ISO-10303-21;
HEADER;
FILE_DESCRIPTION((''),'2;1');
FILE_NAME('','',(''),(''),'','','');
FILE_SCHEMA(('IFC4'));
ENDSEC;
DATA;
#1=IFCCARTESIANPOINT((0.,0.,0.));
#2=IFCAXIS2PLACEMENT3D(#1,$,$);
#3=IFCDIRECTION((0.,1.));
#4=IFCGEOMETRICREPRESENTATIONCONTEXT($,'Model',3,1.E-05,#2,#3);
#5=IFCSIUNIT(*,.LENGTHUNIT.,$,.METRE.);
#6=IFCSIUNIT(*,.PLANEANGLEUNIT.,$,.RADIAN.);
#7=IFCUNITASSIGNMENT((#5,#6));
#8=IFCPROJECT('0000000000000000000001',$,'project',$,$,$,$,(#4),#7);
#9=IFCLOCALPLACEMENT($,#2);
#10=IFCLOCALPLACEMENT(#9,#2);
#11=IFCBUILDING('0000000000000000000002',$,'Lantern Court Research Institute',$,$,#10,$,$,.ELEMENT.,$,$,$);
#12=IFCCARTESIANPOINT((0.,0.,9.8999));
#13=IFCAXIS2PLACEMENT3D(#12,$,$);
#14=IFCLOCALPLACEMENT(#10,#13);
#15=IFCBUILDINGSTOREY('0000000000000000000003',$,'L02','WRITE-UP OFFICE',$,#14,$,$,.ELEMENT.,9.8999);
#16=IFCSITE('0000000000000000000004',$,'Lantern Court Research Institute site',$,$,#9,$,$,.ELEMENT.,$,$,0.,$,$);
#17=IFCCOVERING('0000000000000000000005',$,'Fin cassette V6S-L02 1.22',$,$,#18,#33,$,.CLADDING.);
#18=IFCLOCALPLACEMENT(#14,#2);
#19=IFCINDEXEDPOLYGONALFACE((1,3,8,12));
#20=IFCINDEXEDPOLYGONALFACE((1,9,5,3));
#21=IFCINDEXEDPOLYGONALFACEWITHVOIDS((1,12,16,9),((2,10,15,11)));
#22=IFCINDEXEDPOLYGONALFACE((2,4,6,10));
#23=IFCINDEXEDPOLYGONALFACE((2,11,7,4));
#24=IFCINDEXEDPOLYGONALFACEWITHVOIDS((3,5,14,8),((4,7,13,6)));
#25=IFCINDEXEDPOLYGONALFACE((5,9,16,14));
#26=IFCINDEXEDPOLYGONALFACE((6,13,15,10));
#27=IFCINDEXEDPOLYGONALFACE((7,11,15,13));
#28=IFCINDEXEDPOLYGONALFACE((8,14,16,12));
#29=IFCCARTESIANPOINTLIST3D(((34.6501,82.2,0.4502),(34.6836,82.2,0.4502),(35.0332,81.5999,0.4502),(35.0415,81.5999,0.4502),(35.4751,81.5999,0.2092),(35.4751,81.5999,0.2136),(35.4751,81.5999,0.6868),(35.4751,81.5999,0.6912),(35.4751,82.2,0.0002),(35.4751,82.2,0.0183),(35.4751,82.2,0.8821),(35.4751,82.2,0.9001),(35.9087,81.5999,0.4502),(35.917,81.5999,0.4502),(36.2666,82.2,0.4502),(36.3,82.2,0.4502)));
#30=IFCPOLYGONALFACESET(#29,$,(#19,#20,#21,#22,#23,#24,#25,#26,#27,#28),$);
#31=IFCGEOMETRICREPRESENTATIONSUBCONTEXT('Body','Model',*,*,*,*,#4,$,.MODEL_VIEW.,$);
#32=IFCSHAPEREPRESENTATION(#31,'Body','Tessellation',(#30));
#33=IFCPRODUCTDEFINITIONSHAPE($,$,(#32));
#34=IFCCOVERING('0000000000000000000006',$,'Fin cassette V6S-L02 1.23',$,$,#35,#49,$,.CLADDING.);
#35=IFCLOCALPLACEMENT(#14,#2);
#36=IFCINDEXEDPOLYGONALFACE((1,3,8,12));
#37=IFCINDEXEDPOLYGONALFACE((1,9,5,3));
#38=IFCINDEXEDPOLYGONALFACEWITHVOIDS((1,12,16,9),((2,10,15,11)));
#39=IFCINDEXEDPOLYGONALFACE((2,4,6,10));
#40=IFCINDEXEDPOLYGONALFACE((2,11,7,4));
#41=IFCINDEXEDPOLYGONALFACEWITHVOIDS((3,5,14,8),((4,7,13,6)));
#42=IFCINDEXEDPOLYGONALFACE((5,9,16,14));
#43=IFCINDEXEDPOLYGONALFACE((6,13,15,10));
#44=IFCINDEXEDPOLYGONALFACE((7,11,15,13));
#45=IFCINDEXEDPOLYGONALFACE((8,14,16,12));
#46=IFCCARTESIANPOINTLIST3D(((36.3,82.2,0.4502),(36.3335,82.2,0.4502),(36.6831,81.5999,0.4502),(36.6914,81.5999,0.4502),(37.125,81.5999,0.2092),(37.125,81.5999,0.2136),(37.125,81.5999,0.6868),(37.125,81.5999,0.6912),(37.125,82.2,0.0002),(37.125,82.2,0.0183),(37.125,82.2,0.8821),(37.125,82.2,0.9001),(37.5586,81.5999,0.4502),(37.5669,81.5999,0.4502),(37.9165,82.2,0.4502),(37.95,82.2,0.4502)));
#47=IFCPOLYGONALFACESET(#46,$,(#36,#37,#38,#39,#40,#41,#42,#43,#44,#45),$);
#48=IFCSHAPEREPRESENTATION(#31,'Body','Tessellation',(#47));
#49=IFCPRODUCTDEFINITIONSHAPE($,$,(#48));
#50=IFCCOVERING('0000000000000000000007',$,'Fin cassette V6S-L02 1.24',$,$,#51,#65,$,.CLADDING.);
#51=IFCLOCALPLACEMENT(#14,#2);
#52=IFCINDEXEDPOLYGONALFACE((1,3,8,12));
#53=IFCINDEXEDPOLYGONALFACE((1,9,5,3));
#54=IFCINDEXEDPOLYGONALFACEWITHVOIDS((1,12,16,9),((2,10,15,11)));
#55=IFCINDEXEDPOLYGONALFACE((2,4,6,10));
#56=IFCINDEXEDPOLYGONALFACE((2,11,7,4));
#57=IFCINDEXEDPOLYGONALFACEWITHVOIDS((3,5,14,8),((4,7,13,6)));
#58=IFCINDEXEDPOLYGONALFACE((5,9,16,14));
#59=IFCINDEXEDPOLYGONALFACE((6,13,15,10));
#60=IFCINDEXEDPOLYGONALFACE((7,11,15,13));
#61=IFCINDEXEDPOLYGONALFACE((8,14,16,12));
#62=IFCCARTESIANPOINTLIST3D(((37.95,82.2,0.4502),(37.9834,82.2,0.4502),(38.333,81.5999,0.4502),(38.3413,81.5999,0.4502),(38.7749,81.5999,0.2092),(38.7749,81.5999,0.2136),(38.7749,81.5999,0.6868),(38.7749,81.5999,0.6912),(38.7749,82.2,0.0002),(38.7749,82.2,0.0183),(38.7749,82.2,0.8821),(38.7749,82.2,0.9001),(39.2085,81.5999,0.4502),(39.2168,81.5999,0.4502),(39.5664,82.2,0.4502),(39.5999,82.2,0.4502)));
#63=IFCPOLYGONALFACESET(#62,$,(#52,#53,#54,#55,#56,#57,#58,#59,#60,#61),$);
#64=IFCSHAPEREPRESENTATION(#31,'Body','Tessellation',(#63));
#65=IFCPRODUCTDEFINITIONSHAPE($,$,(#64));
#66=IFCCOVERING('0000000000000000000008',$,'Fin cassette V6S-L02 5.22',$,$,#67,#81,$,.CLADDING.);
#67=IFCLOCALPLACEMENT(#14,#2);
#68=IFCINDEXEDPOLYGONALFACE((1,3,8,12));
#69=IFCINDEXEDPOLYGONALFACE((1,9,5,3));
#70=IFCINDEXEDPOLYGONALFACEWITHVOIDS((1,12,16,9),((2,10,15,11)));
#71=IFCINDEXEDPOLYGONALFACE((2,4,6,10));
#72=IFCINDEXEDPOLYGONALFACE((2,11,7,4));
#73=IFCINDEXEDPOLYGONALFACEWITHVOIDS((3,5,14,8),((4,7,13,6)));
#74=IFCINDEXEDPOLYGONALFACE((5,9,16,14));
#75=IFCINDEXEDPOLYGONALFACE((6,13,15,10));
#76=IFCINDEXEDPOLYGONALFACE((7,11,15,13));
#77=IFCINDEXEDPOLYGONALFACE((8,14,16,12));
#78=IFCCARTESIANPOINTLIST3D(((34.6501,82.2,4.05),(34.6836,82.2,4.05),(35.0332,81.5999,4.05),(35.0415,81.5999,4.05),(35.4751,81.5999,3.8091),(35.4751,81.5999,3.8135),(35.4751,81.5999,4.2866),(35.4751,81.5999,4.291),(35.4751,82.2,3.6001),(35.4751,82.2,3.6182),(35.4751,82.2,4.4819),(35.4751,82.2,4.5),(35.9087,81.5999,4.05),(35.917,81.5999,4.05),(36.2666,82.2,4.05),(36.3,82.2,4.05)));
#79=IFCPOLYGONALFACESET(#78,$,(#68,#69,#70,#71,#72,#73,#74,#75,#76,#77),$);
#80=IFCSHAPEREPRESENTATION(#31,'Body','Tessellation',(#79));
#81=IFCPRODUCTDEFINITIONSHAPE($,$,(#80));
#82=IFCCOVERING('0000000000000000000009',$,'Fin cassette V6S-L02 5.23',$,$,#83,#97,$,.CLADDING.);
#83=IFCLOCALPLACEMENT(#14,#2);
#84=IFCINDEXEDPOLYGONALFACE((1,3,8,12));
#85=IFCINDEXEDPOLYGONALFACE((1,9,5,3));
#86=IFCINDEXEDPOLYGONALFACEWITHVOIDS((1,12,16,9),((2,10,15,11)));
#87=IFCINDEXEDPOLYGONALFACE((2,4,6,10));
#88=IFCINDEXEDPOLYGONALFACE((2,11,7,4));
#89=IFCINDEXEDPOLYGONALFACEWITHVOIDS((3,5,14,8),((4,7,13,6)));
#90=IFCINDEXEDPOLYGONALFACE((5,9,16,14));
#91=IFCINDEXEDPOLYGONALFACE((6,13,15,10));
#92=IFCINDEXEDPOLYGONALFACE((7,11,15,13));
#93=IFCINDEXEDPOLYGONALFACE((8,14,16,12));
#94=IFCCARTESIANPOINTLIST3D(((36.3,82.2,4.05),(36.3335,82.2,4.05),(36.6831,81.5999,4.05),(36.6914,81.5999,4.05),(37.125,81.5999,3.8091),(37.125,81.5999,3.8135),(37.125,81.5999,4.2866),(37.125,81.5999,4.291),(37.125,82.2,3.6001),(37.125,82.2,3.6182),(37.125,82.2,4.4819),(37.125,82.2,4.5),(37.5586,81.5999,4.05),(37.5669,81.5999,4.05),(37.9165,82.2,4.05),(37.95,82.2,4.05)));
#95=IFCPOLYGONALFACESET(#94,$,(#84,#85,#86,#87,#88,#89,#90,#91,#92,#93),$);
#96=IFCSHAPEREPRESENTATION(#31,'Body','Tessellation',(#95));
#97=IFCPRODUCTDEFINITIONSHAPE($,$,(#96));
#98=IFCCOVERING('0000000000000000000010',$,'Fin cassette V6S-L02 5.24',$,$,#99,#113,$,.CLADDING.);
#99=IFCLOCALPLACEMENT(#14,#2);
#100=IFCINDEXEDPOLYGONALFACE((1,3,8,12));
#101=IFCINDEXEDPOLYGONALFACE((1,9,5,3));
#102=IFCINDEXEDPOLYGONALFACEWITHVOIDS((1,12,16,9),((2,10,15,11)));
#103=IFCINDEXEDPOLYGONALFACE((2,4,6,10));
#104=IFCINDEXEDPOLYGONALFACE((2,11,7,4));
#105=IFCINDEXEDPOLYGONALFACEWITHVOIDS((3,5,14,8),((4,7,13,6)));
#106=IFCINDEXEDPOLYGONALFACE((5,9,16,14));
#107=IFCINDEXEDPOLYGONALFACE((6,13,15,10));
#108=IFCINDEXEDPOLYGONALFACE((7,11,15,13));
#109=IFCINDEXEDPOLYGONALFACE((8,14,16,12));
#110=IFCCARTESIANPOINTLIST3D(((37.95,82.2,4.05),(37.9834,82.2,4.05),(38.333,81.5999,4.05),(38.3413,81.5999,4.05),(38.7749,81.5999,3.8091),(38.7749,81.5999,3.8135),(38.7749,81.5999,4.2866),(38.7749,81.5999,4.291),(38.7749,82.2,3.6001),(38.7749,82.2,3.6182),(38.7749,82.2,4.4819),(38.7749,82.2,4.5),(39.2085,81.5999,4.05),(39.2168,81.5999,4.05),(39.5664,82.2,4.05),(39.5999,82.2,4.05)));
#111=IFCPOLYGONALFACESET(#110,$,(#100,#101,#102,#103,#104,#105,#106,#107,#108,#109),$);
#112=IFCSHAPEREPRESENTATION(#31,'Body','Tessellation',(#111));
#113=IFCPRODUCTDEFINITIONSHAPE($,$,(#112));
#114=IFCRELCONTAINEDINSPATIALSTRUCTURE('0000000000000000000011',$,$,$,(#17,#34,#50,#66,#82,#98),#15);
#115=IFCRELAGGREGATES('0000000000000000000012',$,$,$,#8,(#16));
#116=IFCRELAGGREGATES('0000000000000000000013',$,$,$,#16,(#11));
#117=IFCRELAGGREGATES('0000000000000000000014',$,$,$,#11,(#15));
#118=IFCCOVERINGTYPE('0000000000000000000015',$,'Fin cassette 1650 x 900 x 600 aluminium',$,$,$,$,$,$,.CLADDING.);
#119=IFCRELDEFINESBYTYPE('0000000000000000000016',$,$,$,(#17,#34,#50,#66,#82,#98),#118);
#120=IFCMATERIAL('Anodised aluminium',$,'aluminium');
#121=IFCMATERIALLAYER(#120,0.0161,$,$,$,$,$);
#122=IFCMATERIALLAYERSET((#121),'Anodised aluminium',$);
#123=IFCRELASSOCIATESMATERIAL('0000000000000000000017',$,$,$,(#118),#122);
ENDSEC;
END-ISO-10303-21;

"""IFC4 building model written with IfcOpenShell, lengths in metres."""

from ifc_helpers import new_model, entity, si_unit, direction, frame, origin, place, context, subcontext, project, spatial, material, layer, layer_set, type_object, element, save


model = new_model("IFC4")

# Units and contexts
model_context = context("Model", 3, precision=1e-05, world=origin(), true_north=direction((0.0, 1.0)))
body_context = subcontext(model_context, "Body", "Model", "MODEL_VIEW")
ifc_project = project(units=[si_unit("LENGTHUNIT", "METRE"), si_unit("PLANEANGLEUNIT", "RADIAN")], contexts=[model_context])

# Site, building, storey
site_placement = place(None, origin())
site = spatial("IfcSite", under=ifc_project, at=site_placement, Name="Lantern Court Research Institute site", CompositionType="ELEMENT", RefElevation=0.0)
building_placement = place(site_placement, origin())
building = spatial("IfcBuilding", under=site, at=building_placement, Name="Lantern Court Research Institute", CompositionType="ELEMENT")
storey_placement = place(building_placement, frame((0.0, 0.0, 9.8999)))
storey = spatial("IfcBuildingStorey", under=building, at=storey_placement, Name="L02", Description="WRITE-UP OFFICE", CompositionType="ELEMENT", Elevation=9.8999)

# Coverings
ifc_material_1 = material(Name="Anodised aluminium", Category="aluminium")
ifc_layer_1 = layer(ifc_material_1, 0.0161)
ifc_layer_set_1 = layer_set([ifc_layer_1], Name="Anodised aluminium")
covering_type_1 = type_object("IfcCoveringType", Name="Fin cassette 1650 x 900 x 600 aluminium", PredefinedType="CLADDING", material=ifc_layer_set_1)
covering_1_placement = place(storey_placement, frame((35.4751, 82.2, 0.4502), z_axis=(0.0, -1.0, 0.0), x_axis=(1.0, 0.0, 0.0)))
cartesian_point_1 = entity("IfcCartesianPoint", [0.825, 0.0])
cartesian_point_2 = entity("IfcCartesianPoint", [0.7915, 0.0])
cartesian_point_3 = entity("IfcCartesianPoint", [0.4419, 0.0])
cartesian_point_4 = entity("IfcCartesianPoint", [0.4336, 0.0])
element("IfcCovering", 1, at=covering_1_placement, inside=storey, type_object=covering_type_1, Name="Fin cassette V6S-L02 1.22", PredefinedType="CLADDING", context=body_context, shape_type="SweptSolid", body=[
    entity("IfcExtrudedAreaSolidTapered", entity("IfcArbitraryProfileDefWithVoids", "AREA", None, entity("IfcPolyline", [cartesian_point_1, entity("IfcCartesianPoint", [0.0, 0.45]), entity("IfcCartesianPoint", [-0.825, 0.0]), entity("IfcCartesianPoint", [0.0, -0.45]), cartesian_point_1]), [entity("IfcPolyline", [cartesian_point_2, entity("IfcCartesianPoint", [0.0, 0.4319]), entity("IfcCartesianPoint", [-0.7915, 0.0]), entity("IfcCartesianPoint", [0.0, -0.4319]), cartesian_point_2])]), entity("IfcAxis2Placement3D", entity("IfcCartesianPoint", [0.0, 0.0, 0.0])), entity("IfcDirection", [0.0, 0.0, 1.0]), 0.6001, entity("IfcArbitraryProfileDefWithVoids", "AREA", None, entity("IfcPolyline", [cartesian_point_3, entity("IfcCartesianPoint", [0.0, 0.241]), entity("IfcCartesianPoint", [-0.4419, 0.0]), entity("IfcCartesianPoint", [0.0, -0.241]), cartesian_point_3]), [entity("IfcPolyline", [cartesian_point_4, entity("IfcCartesianPoint", [0.0, 0.2366]), entity("IfcCartesianPoint", [-0.4336, 0.0]), entity("IfcCartesianPoint", [0.0, -0.2366]), cartesian_point_4])])),
])
covering_2_placement = place(storey_placement, frame((37.125, 82.2, 0.4502), z_axis=(0.0, -1.0, 0.0), x_axis=(1.0, 0.0, 0.0)))
cartesian_point_5 = entity("IfcCartesianPoint", [0.825, 0.0])
cartesian_point_6 = entity("IfcCartesianPoint", [0.7915, 0.0])
cartesian_point_7 = entity("IfcCartesianPoint", [0.4419, 0.0])
cartesian_point_8 = entity("IfcCartesianPoint", [0.4336, 0.0])
element("IfcCovering", 2, at=covering_2_placement, inside=storey, type_object=covering_type_1, Name="Fin cassette V6S-L02 1.23", PredefinedType="CLADDING", context=body_context, shape_type="SweptSolid", body=[
    entity("IfcExtrudedAreaSolidTapered", entity("IfcArbitraryProfileDefWithVoids", "AREA", None, entity("IfcPolyline", [cartesian_point_5, entity("IfcCartesianPoint", [0.0, 0.45]), entity("IfcCartesianPoint", [-0.825, 0.0]), entity("IfcCartesianPoint", [0.0, -0.45]), cartesian_point_5]), [entity("IfcPolyline", [cartesian_point_6, entity("IfcCartesianPoint", [0.0, 0.4319]), entity("IfcCartesianPoint", [-0.7915, 0.0]), entity("IfcCartesianPoint", [0.0, -0.4319]), cartesian_point_6])]), entity("IfcAxis2Placement3D", entity("IfcCartesianPoint", [0.0, 0.0, 0.0])), entity("IfcDirection", [0.0, 0.0, 1.0]), 0.6001, entity("IfcArbitraryProfileDefWithVoids", "AREA", None, entity("IfcPolyline", [cartesian_point_7, entity("IfcCartesianPoint", [0.0, 0.241]), entity("IfcCartesianPoint", [-0.4419, 0.0]), entity("IfcCartesianPoint", [0.0, -0.241]), cartesian_point_7]), [entity("IfcPolyline", [cartesian_point_8, entity("IfcCartesianPoint", [0.0, 0.2366]), entity("IfcCartesianPoint", [-0.4336, 0.0]), entity("IfcCartesianPoint", [0.0, -0.2366]), cartesian_point_8])])),
])
covering_3_placement = place(storey_placement, frame((38.7749, 82.2, 0.4502), z_axis=(0.0, -1.0, 0.0), x_axis=(1.0, 0.0, 0.0)))
cartesian_point_9 = entity("IfcCartesianPoint", [0.825, 0.0])
cartesian_point_10 = entity("IfcCartesianPoint", [0.7915, 0.0])
cartesian_point_11 = entity("IfcCartesianPoint", [0.4419, 0.0])
cartesian_point_12 = entity("IfcCartesianPoint", [0.4336, 0.0])
element("IfcCovering", 3, at=covering_3_placement, inside=storey, type_object=covering_type_1, Name="Fin cassette V6S-L02 1.24", PredefinedType="CLADDING", context=body_context, shape_type="SweptSolid", body=[
    entity("IfcExtrudedAreaSolidTapered", entity("IfcArbitraryProfileDefWithVoids", "AREA", None, entity("IfcPolyline", [cartesian_point_9, entity("IfcCartesianPoint", [0.0, 0.45]), entity("IfcCartesianPoint", [-0.825, 0.0]), entity("IfcCartesianPoint", [0.0, -0.45]), cartesian_point_9]), [entity("IfcPolyline", [cartesian_point_10, entity("IfcCartesianPoint", [0.0, 0.4319]), entity("IfcCartesianPoint", [-0.7915, 0.0]), entity("IfcCartesianPoint", [0.0, -0.4319]), cartesian_point_10])]), entity("IfcAxis2Placement3D", entity("IfcCartesianPoint", [0.0, 0.0, 0.0])), entity("IfcDirection", [0.0, 0.0, 1.0]), 0.6001, entity("IfcArbitraryProfileDefWithVoids", "AREA", None, entity("IfcPolyline", [cartesian_point_11, entity("IfcCartesianPoint", [0.0, 0.241]), entity("IfcCartesianPoint", [-0.4419, 0.0]), entity("IfcCartesianPoint", [0.0, -0.241]), cartesian_point_11]), [entity("IfcPolyline", [cartesian_point_12, entity("IfcCartesianPoint", [0.0, 0.2366]), entity("IfcCartesianPoint", [-0.4336, 0.0]), entity("IfcCartesianPoint", [0.0, -0.2366]), cartesian_point_12])])),
])
covering_4_placement = place(storey_placement, frame((35.4751, 82.2, 4.05), z_axis=(0.0, -1.0, 0.0), x_axis=(1.0, 0.0, 0.0)))
cartesian_point_13 = entity("IfcCartesianPoint", [0.825, 0.0])
cartesian_point_14 = entity("IfcCartesianPoint", [0.7915, 0.0])
cartesian_point_15 = entity("IfcCartesianPoint", [0.4419, 0.0])
cartesian_point_16 = entity("IfcCartesianPoint", [0.4336, 0.0])
element("IfcCovering", 4, at=covering_4_placement, inside=storey, type_object=covering_type_1, Name="Fin cassette V6S-L02 5.22", PredefinedType="CLADDING", context=body_context, shape_type="SweptSolid", body=[
    entity("IfcExtrudedAreaSolidTapered", entity("IfcArbitraryProfileDefWithVoids", "AREA", None, entity("IfcPolyline", [cartesian_point_13, entity("IfcCartesianPoint", [0.0, 0.45]), entity("IfcCartesianPoint", [-0.825, 0.0]), entity("IfcCartesianPoint", [0.0, -0.45]), cartesian_point_13]), [entity("IfcPolyline", [cartesian_point_14, entity("IfcCartesianPoint", [0.0, 0.4319]), entity("IfcCartesianPoint", [-0.7915, 0.0]), entity("IfcCartesianPoint", [0.0, -0.4319]), cartesian_point_14])]), entity("IfcAxis2Placement3D", entity("IfcCartesianPoint", [0.0, 0.0, 0.0])), entity("IfcDirection", [0.0, 0.0, 1.0]), 0.6001, entity("IfcArbitraryProfileDefWithVoids", "AREA", None, entity("IfcPolyline", [cartesian_point_15, entity("IfcCartesianPoint", [0.0, 0.241]), entity("IfcCartesianPoint", [-0.4419, 0.0]), entity("IfcCartesianPoint", [0.0, -0.241]), cartesian_point_15]), [entity("IfcPolyline", [cartesian_point_16, entity("IfcCartesianPoint", [0.0, 0.2366]), entity("IfcCartesianPoint", [-0.4336, 0.0]), entity("IfcCartesianPoint", [0.0, -0.2366]), cartesian_point_16])])),
])
covering_5_placement = place(storey_placement, frame((37.125, 82.2, 4.05), z_axis=(0.0, -1.0, 0.0), x_axis=(1.0, 0.0, 0.0)))
cartesian_point_17 = entity("IfcCartesianPoint", [0.825, 0.0])
cartesian_point_18 = entity("IfcCartesianPoint", [0.7915, 0.0])
cartesian_point_19 = entity("IfcCartesianPoint", [0.4419, 0.0])
cartesian_point_20 = entity("IfcCartesianPoint", [0.4336, 0.0])
element("IfcCovering", 5, at=covering_5_placement, inside=storey, type_object=covering_type_1, Name="Fin cassette V6S-L02 5.23", PredefinedType="CLADDING", context=body_context, shape_type="SweptSolid", body=[
    entity("IfcExtrudedAreaSolidTapered", entity("IfcArbitraryProfileDefWithVoids", "AREA", None, entity("IfcPolyline", [cartesian_point_17, entity("IfcCartesianPoint", [0.0, 0.45]), entity("IfcCartesianPoint", [-0.825, 0.0]), entity("IfcCartesianPoint", [0.0, -0.45]), cartesian_point_17]), [entity("IfcPolyline", [cartesian_point_18, entity("IfcCartesianPoint", [0.0, 0.4319]), entity("IfcCartesianPoint", [-0.7915, 0.0]), entity("IfcCartesianPoint", [0.0, -0.4319]), cartesian_point_18])]), entity("IfcAxis2Placement3D", entity("IfcCartesianPoint", [0.0, 0.0, 0.0])), entity("IfcDirection", [0.0, 0.0, 1.0]), 0.6001, entity("IfcArbitraryProfileDefWithVoids", "AREA", None, entity("IfcPolyline", [cartesian_point_19, entity("IfcCartesianPoint", [0.0, 0.241]), entity("IfcCartesianPoint", [-0.4419, 0.0]), entity("IfcCartesianPoint", [0.0, -0.241]), cartesian_point_19]), [entity("IfcPolyline", [cartesian_point_20, entity("IfcCartesianPoint", [0.0, 0.2366]), entity("IfcCartesianPoint", [-0.4336, 0.0]), entity("IfcCartesianPoint", [0.0, -0.2366]), cartesian_point_20])])),
])
covering_6_placement = place(storey_placement, frame((38.7749, 82.2, 4.05), z_axis=(0.0, -1.0, 0.0), x_axis=(1.0, 0.0, 0.0)))
cartesian_point_21 = entity("IfcCartesianPoint", [0.825, 0.0])
cartesian_point_22 = entity("IfcCartesianPoint", [0.7915, 0.0])
cartesian_point_23 = entity("IfcCartesianPoint", [0.4419, 0.0])
cartesian_point_24 = entity("IfcCartesianPoint", [0.4336, 0.0])
element("IfcCovering", 6, at=covering_6_placement, inside=storey, type_object=covering_type_1, Name="Fin cassette V6S-L02 5.24", PredefinedType="CLADDING", context=body_context, shape_type="SweptSolid", body=[
    entity("IfcExtrudedAreaSolidTapered", entity("IfcArbitraryProfileDefWithVoids", "AREA", None, entity("IfcPolyline", [cartesian_point_21, entity("IfcCartesianPoint", [0.0, 0.45]), entity("IfcCartesianPoint", [-0.825, 0.0]), entity("IfcCartesianPoint", [0.0, -0.45]), cartesian_point_21]), [entity("IfcPolyline", [cartesian_point_22, entity("IfcCartesianPoint", [0.0, 0.4319]), entity("IfcCartesianPoint", [-0.7915, 0.0]), entity("IfcCartesianPoint", [0.0, -0.4319]), cartesian_point_22])]), entity("IfcAxis2Placement3D", entity("IfcCartesianPoint", [0.0, 0.0, 0.0])), entity("IfcDirection", [0.0, 0.0, 1.0]), 0.6001, entity("IfcArbitraryProfileDefWithVoids", "AREA", None, entity("IfcPolyline", [cartesian_point_23, entity("IfcCartesianPoint", [0.0, 0.241]), entity("IfcCartesianPoint", [-0.4419, 0.0]), entity("IfcCartesianPoint", [0.0, -0.241]), cartesian_point_23]), [entity("IfcPolyline", [cartesian_point_24, entity("IfcCartesianPoint", [0.0, 0.2366]), entity("IfcCartesianPoint", [-0.4336, 0.0]), entity("IfcCartesianPoint", [0.0, -0.2366]), cartesian_point_24])])),
])

save(model, "model.ifc")
